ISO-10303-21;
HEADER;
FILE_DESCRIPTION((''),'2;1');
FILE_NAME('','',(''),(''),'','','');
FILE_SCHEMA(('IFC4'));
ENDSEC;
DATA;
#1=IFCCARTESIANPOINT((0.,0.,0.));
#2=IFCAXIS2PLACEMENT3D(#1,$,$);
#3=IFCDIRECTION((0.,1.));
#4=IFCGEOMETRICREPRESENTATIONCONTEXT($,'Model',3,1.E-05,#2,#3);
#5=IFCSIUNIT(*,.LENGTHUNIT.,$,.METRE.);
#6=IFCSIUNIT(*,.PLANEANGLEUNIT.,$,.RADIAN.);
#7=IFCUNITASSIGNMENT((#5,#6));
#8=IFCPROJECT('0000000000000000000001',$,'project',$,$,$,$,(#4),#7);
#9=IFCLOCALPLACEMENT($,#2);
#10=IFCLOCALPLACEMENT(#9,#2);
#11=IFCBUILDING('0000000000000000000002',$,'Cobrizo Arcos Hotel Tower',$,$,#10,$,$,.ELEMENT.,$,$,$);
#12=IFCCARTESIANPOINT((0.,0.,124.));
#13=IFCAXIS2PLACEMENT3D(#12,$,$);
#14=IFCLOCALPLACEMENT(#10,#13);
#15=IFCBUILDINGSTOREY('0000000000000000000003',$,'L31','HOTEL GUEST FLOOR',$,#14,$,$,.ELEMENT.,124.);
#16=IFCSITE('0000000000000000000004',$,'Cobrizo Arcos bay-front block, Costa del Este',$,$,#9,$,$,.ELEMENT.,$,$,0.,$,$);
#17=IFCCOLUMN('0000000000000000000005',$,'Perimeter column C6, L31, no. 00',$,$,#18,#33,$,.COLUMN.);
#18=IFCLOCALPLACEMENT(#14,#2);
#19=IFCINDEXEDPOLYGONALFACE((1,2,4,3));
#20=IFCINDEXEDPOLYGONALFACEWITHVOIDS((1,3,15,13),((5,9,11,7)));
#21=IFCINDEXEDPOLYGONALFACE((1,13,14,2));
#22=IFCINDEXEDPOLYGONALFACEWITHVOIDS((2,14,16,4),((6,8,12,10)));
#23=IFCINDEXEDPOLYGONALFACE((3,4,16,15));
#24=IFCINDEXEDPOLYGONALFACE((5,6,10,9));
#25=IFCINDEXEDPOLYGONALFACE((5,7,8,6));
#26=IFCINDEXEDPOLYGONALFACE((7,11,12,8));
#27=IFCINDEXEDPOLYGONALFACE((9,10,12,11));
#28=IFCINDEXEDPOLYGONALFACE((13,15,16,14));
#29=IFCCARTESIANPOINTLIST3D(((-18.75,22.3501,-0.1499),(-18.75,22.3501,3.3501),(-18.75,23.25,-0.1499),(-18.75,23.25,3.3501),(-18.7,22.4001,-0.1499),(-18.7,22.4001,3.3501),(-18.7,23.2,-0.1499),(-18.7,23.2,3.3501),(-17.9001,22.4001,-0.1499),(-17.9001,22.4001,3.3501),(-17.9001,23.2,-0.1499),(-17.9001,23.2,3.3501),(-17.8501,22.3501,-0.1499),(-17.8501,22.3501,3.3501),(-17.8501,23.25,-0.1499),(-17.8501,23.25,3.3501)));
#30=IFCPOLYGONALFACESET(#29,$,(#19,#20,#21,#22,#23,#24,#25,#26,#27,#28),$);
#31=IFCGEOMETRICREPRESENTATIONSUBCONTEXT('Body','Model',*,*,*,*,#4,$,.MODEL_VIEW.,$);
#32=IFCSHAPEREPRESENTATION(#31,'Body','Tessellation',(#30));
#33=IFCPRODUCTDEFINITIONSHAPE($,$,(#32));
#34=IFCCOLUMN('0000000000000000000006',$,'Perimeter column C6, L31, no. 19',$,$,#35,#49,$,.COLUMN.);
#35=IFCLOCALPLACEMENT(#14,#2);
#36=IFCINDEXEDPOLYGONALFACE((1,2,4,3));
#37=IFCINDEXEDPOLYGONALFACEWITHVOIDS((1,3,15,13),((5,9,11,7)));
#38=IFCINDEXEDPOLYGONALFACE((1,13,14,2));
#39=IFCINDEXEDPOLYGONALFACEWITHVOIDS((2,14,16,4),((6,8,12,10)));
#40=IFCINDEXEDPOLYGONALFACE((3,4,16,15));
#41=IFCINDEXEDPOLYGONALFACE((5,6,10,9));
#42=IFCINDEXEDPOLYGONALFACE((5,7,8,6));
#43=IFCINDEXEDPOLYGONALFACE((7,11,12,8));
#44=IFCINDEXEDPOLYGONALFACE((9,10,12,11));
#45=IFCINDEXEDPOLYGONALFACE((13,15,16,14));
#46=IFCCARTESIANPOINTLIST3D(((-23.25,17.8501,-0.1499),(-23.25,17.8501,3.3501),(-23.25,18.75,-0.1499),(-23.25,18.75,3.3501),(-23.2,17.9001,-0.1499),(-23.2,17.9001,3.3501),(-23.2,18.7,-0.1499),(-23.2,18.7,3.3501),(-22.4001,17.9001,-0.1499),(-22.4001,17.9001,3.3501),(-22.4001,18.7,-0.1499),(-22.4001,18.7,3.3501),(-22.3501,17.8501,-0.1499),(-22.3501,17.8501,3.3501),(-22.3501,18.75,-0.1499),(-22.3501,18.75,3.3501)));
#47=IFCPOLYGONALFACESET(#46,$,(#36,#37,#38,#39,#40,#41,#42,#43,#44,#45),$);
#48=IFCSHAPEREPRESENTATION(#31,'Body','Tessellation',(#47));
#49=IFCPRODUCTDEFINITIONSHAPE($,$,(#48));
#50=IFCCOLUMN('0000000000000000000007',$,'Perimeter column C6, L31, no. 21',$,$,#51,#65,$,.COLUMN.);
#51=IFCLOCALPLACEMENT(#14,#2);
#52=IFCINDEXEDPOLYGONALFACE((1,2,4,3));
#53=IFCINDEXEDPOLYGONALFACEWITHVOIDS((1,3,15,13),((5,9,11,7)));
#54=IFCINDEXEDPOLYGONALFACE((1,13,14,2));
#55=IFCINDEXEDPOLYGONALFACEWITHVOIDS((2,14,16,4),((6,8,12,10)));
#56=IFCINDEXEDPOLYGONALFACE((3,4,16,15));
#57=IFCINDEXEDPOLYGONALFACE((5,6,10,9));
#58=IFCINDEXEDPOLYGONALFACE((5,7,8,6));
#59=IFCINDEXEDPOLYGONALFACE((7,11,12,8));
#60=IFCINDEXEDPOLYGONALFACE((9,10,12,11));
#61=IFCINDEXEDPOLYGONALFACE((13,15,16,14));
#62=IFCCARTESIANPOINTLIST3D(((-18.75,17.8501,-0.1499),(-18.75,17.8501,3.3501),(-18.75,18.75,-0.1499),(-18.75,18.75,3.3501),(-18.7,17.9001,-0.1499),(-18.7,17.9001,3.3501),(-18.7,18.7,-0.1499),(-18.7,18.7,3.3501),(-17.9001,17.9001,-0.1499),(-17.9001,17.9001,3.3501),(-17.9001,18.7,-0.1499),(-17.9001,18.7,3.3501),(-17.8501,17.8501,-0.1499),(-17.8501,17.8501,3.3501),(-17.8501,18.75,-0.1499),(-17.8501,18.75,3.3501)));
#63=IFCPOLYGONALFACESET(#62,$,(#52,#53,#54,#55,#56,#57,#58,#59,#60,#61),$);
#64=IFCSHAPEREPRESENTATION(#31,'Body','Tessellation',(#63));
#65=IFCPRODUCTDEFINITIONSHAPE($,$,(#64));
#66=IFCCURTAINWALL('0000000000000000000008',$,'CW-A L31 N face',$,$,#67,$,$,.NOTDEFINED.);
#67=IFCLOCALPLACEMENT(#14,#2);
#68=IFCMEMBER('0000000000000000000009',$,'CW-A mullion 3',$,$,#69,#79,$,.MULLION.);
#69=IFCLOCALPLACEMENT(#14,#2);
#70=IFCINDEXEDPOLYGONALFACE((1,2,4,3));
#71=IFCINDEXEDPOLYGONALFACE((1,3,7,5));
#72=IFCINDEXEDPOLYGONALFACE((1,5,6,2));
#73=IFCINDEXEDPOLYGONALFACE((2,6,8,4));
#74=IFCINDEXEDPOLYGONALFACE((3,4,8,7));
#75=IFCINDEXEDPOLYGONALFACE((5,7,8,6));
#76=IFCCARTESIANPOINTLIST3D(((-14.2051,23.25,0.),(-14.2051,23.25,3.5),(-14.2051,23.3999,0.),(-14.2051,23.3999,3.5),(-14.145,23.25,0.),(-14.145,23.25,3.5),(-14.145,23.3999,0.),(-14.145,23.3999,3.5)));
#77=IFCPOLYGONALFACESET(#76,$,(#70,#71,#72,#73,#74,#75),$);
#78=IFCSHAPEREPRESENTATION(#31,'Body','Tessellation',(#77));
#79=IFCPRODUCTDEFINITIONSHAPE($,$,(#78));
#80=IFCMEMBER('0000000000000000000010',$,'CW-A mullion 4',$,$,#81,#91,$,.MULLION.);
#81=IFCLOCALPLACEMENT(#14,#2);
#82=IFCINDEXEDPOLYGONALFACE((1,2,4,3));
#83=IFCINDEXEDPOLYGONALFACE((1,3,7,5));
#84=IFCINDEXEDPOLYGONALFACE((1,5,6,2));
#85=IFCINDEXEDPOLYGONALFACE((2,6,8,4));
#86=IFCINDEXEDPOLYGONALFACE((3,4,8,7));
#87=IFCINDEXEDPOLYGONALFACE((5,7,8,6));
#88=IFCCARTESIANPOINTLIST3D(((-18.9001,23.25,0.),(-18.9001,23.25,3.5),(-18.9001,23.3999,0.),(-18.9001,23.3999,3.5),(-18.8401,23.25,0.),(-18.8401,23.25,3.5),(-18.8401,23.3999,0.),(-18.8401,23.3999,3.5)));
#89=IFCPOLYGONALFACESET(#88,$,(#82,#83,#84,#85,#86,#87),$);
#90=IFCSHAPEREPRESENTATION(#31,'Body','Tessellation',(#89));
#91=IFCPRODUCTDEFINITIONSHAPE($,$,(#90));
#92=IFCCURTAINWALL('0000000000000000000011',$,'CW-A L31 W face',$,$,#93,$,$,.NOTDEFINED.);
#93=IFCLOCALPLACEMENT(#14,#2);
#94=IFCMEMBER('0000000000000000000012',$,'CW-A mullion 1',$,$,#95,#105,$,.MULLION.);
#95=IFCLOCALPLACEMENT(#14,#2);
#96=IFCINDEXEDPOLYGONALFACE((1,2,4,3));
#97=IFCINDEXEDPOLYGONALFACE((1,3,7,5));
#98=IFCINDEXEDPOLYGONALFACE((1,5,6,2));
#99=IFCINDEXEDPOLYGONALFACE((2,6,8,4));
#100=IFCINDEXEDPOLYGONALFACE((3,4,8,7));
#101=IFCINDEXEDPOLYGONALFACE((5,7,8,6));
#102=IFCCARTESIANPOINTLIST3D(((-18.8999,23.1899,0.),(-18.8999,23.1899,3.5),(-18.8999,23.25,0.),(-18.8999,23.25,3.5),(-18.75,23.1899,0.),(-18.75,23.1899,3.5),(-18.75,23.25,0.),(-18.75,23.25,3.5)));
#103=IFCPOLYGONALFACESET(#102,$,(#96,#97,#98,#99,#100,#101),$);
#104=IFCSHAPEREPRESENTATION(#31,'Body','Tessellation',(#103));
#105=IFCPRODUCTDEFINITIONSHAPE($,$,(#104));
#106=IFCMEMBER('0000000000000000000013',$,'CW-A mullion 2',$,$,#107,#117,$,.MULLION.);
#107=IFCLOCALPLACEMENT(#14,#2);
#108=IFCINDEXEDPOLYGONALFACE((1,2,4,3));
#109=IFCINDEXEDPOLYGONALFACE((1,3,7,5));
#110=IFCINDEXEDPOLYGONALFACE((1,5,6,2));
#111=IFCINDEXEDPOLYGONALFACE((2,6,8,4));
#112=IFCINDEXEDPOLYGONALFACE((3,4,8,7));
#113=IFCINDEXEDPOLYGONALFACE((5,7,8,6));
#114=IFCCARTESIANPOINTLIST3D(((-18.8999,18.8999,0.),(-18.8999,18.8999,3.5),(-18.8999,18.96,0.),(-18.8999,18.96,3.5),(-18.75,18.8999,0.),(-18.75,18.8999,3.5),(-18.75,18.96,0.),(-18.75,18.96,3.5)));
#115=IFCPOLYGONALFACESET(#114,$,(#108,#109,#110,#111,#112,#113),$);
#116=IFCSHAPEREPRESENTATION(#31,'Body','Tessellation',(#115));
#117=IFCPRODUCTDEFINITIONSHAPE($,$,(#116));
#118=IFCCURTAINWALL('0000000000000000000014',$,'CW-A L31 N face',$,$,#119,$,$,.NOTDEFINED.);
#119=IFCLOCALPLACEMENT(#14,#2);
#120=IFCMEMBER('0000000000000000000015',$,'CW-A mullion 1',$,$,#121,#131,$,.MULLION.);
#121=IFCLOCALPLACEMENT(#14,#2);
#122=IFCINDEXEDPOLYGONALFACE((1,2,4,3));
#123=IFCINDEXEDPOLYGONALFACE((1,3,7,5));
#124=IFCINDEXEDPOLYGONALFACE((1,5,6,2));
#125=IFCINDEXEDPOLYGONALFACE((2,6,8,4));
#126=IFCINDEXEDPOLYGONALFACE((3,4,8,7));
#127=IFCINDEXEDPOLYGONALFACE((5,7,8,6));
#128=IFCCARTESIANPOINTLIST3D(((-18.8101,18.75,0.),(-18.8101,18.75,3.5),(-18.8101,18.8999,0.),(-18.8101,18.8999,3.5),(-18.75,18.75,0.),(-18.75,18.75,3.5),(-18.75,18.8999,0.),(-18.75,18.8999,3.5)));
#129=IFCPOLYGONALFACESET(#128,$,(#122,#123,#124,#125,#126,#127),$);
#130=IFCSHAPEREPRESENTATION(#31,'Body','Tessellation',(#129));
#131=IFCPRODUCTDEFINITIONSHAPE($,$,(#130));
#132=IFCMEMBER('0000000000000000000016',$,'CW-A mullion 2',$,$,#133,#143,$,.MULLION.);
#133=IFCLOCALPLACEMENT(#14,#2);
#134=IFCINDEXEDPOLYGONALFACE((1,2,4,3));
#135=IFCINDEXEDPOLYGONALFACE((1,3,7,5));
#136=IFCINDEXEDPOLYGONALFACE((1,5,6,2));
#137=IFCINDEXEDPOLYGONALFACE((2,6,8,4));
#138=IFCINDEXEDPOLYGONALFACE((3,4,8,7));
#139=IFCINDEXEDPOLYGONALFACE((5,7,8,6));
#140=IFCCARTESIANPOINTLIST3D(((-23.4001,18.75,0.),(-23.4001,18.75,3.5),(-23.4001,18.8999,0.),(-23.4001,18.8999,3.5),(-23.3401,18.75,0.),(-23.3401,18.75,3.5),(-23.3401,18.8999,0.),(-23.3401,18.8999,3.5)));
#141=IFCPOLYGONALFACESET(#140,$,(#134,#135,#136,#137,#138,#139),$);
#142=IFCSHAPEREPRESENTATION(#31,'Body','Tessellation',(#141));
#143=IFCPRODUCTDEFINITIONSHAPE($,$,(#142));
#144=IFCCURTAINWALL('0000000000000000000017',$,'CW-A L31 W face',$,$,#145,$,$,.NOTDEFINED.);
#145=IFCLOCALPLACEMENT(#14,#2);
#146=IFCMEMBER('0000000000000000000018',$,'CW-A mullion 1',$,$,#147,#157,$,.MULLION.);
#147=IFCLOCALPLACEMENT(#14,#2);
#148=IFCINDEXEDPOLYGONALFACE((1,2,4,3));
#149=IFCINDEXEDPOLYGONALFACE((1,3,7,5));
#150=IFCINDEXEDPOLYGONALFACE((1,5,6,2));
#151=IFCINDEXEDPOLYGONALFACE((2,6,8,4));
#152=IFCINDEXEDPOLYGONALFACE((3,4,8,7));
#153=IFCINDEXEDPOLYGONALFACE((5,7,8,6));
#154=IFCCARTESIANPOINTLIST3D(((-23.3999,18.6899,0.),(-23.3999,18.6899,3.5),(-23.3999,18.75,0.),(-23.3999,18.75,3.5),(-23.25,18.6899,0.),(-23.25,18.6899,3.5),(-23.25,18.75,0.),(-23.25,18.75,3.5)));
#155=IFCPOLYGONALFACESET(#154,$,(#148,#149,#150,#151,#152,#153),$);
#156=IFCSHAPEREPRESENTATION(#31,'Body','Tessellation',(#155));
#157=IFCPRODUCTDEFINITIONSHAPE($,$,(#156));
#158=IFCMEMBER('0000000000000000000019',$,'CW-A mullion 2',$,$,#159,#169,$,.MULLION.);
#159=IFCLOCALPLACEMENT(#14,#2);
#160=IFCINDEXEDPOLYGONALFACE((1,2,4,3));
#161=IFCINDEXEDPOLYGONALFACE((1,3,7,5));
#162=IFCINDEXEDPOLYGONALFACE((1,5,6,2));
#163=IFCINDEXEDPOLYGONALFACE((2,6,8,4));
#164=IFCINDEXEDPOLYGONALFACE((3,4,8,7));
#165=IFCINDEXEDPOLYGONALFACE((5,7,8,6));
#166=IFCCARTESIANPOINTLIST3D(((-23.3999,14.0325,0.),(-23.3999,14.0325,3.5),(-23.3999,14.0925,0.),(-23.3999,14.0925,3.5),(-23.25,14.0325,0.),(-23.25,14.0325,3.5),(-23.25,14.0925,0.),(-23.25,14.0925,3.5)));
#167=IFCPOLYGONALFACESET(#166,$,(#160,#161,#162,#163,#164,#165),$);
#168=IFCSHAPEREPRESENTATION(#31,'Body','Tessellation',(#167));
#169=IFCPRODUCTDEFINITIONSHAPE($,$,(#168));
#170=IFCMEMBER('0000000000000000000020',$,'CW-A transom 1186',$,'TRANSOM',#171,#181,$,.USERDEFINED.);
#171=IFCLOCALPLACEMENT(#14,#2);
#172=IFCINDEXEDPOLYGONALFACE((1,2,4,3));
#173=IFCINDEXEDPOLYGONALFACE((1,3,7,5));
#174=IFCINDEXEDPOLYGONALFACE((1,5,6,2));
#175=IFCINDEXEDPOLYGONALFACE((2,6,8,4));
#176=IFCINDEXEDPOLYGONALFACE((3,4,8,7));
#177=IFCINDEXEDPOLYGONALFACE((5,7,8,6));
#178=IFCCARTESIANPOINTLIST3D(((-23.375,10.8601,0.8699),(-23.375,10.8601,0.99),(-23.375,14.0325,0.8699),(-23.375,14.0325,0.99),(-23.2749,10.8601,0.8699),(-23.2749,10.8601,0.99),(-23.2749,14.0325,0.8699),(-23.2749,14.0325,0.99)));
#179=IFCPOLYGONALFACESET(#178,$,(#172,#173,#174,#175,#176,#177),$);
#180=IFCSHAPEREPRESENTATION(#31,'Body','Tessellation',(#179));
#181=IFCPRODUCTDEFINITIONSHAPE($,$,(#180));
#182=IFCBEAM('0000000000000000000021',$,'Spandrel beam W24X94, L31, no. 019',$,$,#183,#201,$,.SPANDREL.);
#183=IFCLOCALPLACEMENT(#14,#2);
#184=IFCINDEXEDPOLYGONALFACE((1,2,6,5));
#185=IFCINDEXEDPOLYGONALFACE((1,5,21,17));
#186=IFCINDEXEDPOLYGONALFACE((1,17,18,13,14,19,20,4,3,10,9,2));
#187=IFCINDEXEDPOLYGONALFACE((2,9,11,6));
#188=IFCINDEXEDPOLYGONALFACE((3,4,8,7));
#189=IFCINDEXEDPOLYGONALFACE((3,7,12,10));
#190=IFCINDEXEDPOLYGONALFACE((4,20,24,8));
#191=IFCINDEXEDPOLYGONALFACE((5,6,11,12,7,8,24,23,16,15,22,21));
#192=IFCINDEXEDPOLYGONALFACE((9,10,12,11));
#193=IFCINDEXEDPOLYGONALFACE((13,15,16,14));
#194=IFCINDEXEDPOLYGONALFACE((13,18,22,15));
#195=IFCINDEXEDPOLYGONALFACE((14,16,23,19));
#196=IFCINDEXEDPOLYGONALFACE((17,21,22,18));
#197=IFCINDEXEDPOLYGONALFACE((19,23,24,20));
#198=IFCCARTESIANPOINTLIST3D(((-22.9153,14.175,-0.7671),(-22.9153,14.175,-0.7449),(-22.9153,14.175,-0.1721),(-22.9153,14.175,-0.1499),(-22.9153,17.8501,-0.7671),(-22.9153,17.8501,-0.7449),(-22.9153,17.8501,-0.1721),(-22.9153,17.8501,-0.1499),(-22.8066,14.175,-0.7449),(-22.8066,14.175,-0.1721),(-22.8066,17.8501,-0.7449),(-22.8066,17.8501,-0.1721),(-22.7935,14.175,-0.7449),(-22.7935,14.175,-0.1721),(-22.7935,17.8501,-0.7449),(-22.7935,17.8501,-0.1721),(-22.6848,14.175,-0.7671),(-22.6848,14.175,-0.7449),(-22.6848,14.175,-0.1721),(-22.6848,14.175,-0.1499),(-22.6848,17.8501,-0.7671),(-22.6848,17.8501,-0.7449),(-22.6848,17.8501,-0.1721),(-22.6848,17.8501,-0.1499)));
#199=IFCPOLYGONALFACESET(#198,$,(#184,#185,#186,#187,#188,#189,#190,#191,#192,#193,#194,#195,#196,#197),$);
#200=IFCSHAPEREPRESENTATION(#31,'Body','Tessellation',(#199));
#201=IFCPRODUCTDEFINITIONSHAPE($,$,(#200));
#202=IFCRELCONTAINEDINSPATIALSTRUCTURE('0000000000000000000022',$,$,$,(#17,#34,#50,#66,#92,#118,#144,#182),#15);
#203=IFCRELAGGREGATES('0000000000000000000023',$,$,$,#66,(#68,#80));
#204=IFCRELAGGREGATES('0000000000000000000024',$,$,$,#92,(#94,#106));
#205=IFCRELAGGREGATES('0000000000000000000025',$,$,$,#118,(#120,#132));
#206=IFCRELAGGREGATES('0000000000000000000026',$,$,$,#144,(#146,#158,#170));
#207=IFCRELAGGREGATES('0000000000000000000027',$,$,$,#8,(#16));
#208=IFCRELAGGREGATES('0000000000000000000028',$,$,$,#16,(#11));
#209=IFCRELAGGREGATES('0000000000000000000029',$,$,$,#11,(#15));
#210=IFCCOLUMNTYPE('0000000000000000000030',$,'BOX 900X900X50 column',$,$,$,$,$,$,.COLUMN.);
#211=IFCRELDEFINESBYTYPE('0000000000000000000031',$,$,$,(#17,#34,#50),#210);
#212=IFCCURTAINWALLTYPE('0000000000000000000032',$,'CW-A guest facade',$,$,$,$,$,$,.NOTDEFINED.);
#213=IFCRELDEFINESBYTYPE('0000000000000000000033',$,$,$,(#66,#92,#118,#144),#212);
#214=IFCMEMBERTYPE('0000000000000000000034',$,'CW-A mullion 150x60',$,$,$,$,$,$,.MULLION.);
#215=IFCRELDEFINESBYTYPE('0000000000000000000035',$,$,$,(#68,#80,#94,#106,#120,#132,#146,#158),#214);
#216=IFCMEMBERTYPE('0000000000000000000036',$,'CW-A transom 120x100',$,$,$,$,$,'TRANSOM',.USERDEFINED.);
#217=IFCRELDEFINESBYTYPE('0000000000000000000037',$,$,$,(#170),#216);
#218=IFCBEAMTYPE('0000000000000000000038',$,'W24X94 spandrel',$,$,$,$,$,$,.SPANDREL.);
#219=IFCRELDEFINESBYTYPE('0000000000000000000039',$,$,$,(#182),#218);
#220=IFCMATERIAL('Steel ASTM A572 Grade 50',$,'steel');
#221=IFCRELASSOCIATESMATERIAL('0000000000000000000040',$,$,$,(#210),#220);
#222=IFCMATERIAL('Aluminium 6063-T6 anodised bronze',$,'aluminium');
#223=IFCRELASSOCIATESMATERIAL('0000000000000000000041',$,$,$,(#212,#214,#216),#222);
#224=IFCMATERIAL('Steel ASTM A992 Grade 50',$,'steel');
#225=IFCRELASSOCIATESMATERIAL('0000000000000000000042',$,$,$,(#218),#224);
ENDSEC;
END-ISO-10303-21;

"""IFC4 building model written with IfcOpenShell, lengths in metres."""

from ifc_helpers import new_model, si_unit, direction, frame, origin, origin_2d, place, context, subcontext, project, spatial, rectangle, hollow_rectangle, i_section, extrude, material, material_profile, profile_set, type_object, element, aggregate, save


model = new_model("IFC4")

# Units and contexts
model_context = context("Model", 3, precision=1e-05, world=origin(), true_north=direction((0.0, 1.0)))
body_context = subcontext(model_context, "Body", "Model", "MODEL_VIEW")
ifc_project = project(units=[si_unit("LENGTHUNIT", "METRE"), si_unit("PLANEANGLEUNIT", "RADIAN")], contexts=[model_context])

# Site, building, storey
site_placement = place(None, origin())
site = spatial("IfcSite", under=ifc_project, at=site_placement, Name="Cobrizo Arcos bay-front block, Costa del Este", CompositionType="ELEMENT", RefElevation=0.0)
building_placement = place(site_placement, origin())
building = spatial("IfcBuilding", under=site, at=building_placement, Name="Cobrizo Arcos Hotel Tower", CompositionType="ELEMENT")
storey_placement = place(building_placement, frame((0.0, 0.0, 124.0)))
storey = spatial("IfcBuildingStorey", under=building, at=storey_placement, Name="L31", Description="HOTEL GUEST FLOOR", CompositionType="ELEMENT", Elevation=124.0)

# Columns
ifc_material_1 = material(Name="Steel ASTM A572 Grade 50", Category="steel")
ifc_material_profile_1 = material_profile(ifc_material_1, hollow_rectangle(XDim=0.8999, YDim=0.8999, WallThickness=0.05, at=origin_2d()), Name="BOX 900X900X50")
ifc_profile_set_1 = profile_set([ifc_material_profile_1], Name="Steel ASTM A572 Grade 50")
column_type = type_object("IfcColumnType", Name="BOX 900X900X50 column", PredefinedType="COLUMN", material=ifc_profile_set_1)
for number, where, z_axis, x_axis, name in (
    (1, (-18.3, 22.8, -0.1499), (0.0, 0.0, 1.0), (1.0, 0.0, 0.0), "Perimeter column C6, L31, no. 00"),
    (2, (-22.8, 18.3, -0.1499), (0.0, 0.0, 1.0), (1.0, 0.0, 0.0), "Perimeter column C6, L31, no. 19"),
    (3, (-18.3, 18.3, -0.1499), (0.0, 0.0, 1.0), (1.0, 0.0, 0.0), "Perimeter column C6, L31, no. 21"),
):
    element("IfcColumn", number, at=place(storey_placement, frame(where, z_axis=z_axis, x_axis=x_axis)), inside=storey, type_object=column_type, Name=name, PredefinedType="COLUMN", context=body_context, shape_type="SweptSolid", body=[
        extrude(hollow_rectangle(XDim=0.8999, YDim=0.8999, WallThickness=0.05, at=origin_2d()), origin(), (0.0, 0.0, 1.0), 3.5),
    ])

# Curtain walls, members
ifc_material_2 = material(Name="Aluminium 6063-T6 anodised bronze", Category="aluminium")
curtain_wall_type = type_object("IfcCurtainWallType", Name="CW-A guest facade", PredefinedType="NOTDEFINED", material=ifc_material_2)
curtain_wall_1_placement = place(storey_placement, origin())
curtain_wall_1 = element("IfcCurtainWall", 4, at=curtain_wall_1_placement, inside=storey, type_object=curtain_wall_type, Name="CW-A L31 N face", PredefinedType="NOTDEFINED")
ifc_material_profile_2 = material_profile(ifc_material_2, rectangle(XDim=0.1499, YDim=0.0601, at=origin_2d()), Name="CW-A mullion 150x60")
ifc_profile_set_2 = profile_set([ifc_material_profile_2], Name="Aluminium 6063-T6 anodised bronze")
member_type_1 = type_object("IfcMemberType", Name="CW-A mullion 150x60", PredefinedType="MULLION", material=ifc_profile_set_2)
member_1_placement = place(storey_placement, frame((-14.175, 23.325, 0.0), z_axis=(0.0, 0.0, 1.0), x_axis=(0.0, 1.0, 0.0)))
member_1 = element("IfcMember", 5, at=member_1_placement, type_object=member_type_1, Name="CW-A mullion 3", PredefinedType="MULLION", context=body_context, shape_type="SweptSolid", body=[
    extrude(rectangle(XDim=0.1499, YDim=0.0601, at=origin_2d()), origin(), (0.0, 0.0, 1.0), 3.5),
])
member_2_placement = place(storey_placement, frame((-18.8701, 23.325, 0.0), z_axis=(0.0, 0.0, 1.0), x_axis=(0.0, 1.0, 0.0)))
member_2 = element("IfcMember", 6, at=member_2_placement, type_object=member_type_1, Name="CW-A mullion 4", PredefinedType="MULLION", context=body_context, shape_type="SweptSolid", body=[
    extrude(rectangle(XDim=0.1499, YDim=0.0601, at=origin_2d()), origin(), (0.0, 0.0, 1.0), 3.5),
])
curtain_wall_2_placement = place(storey_placement, origin())
curtain_wall_2 = element("IfcCurtainWall", 7, at=curtain_wall_2_placement, inside=storey, type_object=curtain_wall_type, Name="CW-A L31 W face", PredefinedType="NOTDEFINED")
member_3_placement = place(storey_placement, frame((-18.825, 23.22, 0.0), z_axis=(0.0, 0.0, 1.0), x_axis=(-1.0, 0.0, 0.0)))
member_3 = element("IfcMember", 8, at=member_3_placement, type_object=member_type_1, Name="CW-A mullion 1", PredefinedType="MULLION", context=body_context, shape_type="SweptSolid", body=[
    extrude(rectangle(XDim=0.1499, YDim=0.0601, at=origin_2d()), origin(), (0.0, 0.0, 1.0), 3.5),
])
member_4_placement = place(storey_placement, frame((-18.825, 18.9299, 0.0), z_axis=(0.0, 0.0, 1.0), x_axis=(-1.0, 0.0, 0.0)))
member_4 = element("IfcMember", 9, at=member_4_placement, type_object=member_type_1, Name="CW-A mullion 2", PredefinedType="MULLION", context=body_context, shape_type="SweptSolid", body=[
    extrude(rectangle(XDim=0.1499, YDim=0.0601, at=origin_2d()), origin(), (0.0, 0.0, 1.0), 3.5),
])
curtain_wall_3_placement = place(storey_placement, origin())
curtain_wall_3 = element("IfcCurtainWall", 10, at=curtain_wall_3_placement, inside=storey, type_object=curtain_wall_type, Name="CW-A L31 N face", PredefinedType="NOTDEFINED")
member_5_placement = place(storey_placement, frame((-18.78, 18.825, 0.0), z_axis=(0.0, 0.0, 1.0), x_axis=(0.0, 1.0, 0.0)))
member_5 = element("IfcMember", 11, at=member_5_placement, type_object=member_type_1, Name="CW-A mullion 1", PredefinedType="MULLION", context=body_context, shape_type="SweptSolid", body=[
    extrude(rectangle(XDim=0.1499, YDim=0.0601, at=origin_2d()), origin(), (0.0, 0.0, 1.0), 3.5),
])
member_6_placement = place(storey_placement, frame((-23.3701, 18.825, 0.0), z_axis=(0.0, 0.0, 1.0), x_axis=(0.0, 1.0, 0.0)))
member_6 = element("IfcMember", 12, at=member_6_placement, type_object=member_type_1, Name="CW-A mullion 2", PredefinedType="MULLION", context=body_context, shape_type="SweptSolid", body=[
    extrude(rectangle(XDim=0.1499, YDim=0.0601, at=origin_2d()), origin(), (0.0, 0.0, 1.0), 3.5),
])
curtain_wall_4_placement = place(storey_placement, origin())
curtain_wall_4 = element("IfcCurtainWall", 13, at=curtain_wall_4_placement, inside=storey, type_object=curtain_wall_type, Name="CW-A L31 W face", PredefinedType="NOTDEFINED")
member_7_placement = place(storey_placement, frame((-23.325, 18.72, 0.0), z_axis=(0.0, 0.0, 1.0), x_axis=(-1.0, 0.0, 0.0)))
member_7 = element("IfcMember", 14, at=member_7_placement, type_object=member_type_1, Name="CW-A mullion 1", PredefinedType="MULLION", context=body_context, shape_type="SweptSolid", body=[
    extrude(rectangle(XDim=0.1499, YDim=0.0601, at=origin_2d()), origin(), (0.0, 0.0, 1.0), 3.5),
])
member_8_placement = place(storey_placement, frame((-23.325, 14.0625, 0.0), z_axis=(0.0, 0.0, 1.0), x_axis=(-1.0, 0.0, 0.0)))
member_8 = element("IfcMember", 15, at=member_8_placement, type_object=member_type_1, Name="CW-A mullion 2", PredefinedType="MULLION", context=body_context, shape_type="SweptSolid", body=[
    extrude(rectangle(XDim=0.1499, YDim=0.0601, at=origin_2d()), origin(), (0.0, 0.0, 1.0), 3.5),
])
ifc_material_profile_3 = material_profile(ifc_material_2, rectangle(XDim=0.1001, YDim=0.1201, at=origin_2d()), Name="CW-A transom 120x100")
ifc_profile_set_3 = profile_set([ifc_material_profile_3], Name="Aluminium 6063-T6 anodised bronze")
member_type_2 = type_object("IfcMemberType", Name="CW-A transom 120x100", ElementType="TRANSOM", PredefinedType="USERDEFINED", material=ifc_profile_set_3)
member_9_placement = place(storey_placement, frame((-23.325, 14.0325, 0.9299), z_axis=(0.0, -1.0, 0.0), x_axis=(1.0, 0.0, 0.0)))
member_9 = element("IfcMember", 16, at=member_9_placement, type_object=member_type_2, Name="CW-A transom 1186", ObjectType="TRANSOM", PredefinedType="USERDEFINED", context=body_context, shape_type="SweptSolid", body=[
    extrude(rectangle(XDim=0.1001, YDim=0.1201, at=origin_2d()), origin(), (0.0, 0.0, 1.0), 3.1724),
])

# Beam
ifc_material_3 = material(Name="Steel ASTM A992 Grade 50", Category="steel")
ifc_material_profile_4 = material_profile(ifc_material_3, i_section(OverallWidth=0.2305, OverallDepth=0.6172, WebThickness=0.0132, FlangeThickness=0.0222, at=origin_2d()), Name="W24X94")
ifc_profile_set_4 = profile_set([ifc_material_profile_4], Name="Steel ASTM A992 Grade 50")
beam_type = type_object("IfcBeamType", Name="W24X94 spandrel", PredefinedType="SPANDREL", material=ifc_profile_set_4)
beam_1_placement = place(storey_placement, frame((-22.8, 14.175, -0.4585), z_axis=(0.0, 1.0, 0.0), x_axis=(-1.0, 0.0, 0.0)))
element("IfcBeam", 17, at=beam_1_placement, inside=storey, type_object=beam_type, Name="Spandrel beam W24X94, L31, no. 019", PredefinedType="SPANDREL", context=body_context, shape_type="SweptSolid", body=[
    extrude(i_section(OverallWidth=0.2305, OverallDepth=0.6172, WebThickness=0.0132, FlangeThickness=0.0222, at=origin_2d()), origin(), (0.0, 0.0, 1.0), 3.675),
])

aggregate(curtain_wall_1, [member_1, member_2])
aggregate(curtain_wall_2, [member_3, member_4])
aggregate(curtain_wall_3, [member_5, member_6])
aggregate(curtain_wall_4, [member_7, member_8, member_9])

save(model, "model.ifc")
